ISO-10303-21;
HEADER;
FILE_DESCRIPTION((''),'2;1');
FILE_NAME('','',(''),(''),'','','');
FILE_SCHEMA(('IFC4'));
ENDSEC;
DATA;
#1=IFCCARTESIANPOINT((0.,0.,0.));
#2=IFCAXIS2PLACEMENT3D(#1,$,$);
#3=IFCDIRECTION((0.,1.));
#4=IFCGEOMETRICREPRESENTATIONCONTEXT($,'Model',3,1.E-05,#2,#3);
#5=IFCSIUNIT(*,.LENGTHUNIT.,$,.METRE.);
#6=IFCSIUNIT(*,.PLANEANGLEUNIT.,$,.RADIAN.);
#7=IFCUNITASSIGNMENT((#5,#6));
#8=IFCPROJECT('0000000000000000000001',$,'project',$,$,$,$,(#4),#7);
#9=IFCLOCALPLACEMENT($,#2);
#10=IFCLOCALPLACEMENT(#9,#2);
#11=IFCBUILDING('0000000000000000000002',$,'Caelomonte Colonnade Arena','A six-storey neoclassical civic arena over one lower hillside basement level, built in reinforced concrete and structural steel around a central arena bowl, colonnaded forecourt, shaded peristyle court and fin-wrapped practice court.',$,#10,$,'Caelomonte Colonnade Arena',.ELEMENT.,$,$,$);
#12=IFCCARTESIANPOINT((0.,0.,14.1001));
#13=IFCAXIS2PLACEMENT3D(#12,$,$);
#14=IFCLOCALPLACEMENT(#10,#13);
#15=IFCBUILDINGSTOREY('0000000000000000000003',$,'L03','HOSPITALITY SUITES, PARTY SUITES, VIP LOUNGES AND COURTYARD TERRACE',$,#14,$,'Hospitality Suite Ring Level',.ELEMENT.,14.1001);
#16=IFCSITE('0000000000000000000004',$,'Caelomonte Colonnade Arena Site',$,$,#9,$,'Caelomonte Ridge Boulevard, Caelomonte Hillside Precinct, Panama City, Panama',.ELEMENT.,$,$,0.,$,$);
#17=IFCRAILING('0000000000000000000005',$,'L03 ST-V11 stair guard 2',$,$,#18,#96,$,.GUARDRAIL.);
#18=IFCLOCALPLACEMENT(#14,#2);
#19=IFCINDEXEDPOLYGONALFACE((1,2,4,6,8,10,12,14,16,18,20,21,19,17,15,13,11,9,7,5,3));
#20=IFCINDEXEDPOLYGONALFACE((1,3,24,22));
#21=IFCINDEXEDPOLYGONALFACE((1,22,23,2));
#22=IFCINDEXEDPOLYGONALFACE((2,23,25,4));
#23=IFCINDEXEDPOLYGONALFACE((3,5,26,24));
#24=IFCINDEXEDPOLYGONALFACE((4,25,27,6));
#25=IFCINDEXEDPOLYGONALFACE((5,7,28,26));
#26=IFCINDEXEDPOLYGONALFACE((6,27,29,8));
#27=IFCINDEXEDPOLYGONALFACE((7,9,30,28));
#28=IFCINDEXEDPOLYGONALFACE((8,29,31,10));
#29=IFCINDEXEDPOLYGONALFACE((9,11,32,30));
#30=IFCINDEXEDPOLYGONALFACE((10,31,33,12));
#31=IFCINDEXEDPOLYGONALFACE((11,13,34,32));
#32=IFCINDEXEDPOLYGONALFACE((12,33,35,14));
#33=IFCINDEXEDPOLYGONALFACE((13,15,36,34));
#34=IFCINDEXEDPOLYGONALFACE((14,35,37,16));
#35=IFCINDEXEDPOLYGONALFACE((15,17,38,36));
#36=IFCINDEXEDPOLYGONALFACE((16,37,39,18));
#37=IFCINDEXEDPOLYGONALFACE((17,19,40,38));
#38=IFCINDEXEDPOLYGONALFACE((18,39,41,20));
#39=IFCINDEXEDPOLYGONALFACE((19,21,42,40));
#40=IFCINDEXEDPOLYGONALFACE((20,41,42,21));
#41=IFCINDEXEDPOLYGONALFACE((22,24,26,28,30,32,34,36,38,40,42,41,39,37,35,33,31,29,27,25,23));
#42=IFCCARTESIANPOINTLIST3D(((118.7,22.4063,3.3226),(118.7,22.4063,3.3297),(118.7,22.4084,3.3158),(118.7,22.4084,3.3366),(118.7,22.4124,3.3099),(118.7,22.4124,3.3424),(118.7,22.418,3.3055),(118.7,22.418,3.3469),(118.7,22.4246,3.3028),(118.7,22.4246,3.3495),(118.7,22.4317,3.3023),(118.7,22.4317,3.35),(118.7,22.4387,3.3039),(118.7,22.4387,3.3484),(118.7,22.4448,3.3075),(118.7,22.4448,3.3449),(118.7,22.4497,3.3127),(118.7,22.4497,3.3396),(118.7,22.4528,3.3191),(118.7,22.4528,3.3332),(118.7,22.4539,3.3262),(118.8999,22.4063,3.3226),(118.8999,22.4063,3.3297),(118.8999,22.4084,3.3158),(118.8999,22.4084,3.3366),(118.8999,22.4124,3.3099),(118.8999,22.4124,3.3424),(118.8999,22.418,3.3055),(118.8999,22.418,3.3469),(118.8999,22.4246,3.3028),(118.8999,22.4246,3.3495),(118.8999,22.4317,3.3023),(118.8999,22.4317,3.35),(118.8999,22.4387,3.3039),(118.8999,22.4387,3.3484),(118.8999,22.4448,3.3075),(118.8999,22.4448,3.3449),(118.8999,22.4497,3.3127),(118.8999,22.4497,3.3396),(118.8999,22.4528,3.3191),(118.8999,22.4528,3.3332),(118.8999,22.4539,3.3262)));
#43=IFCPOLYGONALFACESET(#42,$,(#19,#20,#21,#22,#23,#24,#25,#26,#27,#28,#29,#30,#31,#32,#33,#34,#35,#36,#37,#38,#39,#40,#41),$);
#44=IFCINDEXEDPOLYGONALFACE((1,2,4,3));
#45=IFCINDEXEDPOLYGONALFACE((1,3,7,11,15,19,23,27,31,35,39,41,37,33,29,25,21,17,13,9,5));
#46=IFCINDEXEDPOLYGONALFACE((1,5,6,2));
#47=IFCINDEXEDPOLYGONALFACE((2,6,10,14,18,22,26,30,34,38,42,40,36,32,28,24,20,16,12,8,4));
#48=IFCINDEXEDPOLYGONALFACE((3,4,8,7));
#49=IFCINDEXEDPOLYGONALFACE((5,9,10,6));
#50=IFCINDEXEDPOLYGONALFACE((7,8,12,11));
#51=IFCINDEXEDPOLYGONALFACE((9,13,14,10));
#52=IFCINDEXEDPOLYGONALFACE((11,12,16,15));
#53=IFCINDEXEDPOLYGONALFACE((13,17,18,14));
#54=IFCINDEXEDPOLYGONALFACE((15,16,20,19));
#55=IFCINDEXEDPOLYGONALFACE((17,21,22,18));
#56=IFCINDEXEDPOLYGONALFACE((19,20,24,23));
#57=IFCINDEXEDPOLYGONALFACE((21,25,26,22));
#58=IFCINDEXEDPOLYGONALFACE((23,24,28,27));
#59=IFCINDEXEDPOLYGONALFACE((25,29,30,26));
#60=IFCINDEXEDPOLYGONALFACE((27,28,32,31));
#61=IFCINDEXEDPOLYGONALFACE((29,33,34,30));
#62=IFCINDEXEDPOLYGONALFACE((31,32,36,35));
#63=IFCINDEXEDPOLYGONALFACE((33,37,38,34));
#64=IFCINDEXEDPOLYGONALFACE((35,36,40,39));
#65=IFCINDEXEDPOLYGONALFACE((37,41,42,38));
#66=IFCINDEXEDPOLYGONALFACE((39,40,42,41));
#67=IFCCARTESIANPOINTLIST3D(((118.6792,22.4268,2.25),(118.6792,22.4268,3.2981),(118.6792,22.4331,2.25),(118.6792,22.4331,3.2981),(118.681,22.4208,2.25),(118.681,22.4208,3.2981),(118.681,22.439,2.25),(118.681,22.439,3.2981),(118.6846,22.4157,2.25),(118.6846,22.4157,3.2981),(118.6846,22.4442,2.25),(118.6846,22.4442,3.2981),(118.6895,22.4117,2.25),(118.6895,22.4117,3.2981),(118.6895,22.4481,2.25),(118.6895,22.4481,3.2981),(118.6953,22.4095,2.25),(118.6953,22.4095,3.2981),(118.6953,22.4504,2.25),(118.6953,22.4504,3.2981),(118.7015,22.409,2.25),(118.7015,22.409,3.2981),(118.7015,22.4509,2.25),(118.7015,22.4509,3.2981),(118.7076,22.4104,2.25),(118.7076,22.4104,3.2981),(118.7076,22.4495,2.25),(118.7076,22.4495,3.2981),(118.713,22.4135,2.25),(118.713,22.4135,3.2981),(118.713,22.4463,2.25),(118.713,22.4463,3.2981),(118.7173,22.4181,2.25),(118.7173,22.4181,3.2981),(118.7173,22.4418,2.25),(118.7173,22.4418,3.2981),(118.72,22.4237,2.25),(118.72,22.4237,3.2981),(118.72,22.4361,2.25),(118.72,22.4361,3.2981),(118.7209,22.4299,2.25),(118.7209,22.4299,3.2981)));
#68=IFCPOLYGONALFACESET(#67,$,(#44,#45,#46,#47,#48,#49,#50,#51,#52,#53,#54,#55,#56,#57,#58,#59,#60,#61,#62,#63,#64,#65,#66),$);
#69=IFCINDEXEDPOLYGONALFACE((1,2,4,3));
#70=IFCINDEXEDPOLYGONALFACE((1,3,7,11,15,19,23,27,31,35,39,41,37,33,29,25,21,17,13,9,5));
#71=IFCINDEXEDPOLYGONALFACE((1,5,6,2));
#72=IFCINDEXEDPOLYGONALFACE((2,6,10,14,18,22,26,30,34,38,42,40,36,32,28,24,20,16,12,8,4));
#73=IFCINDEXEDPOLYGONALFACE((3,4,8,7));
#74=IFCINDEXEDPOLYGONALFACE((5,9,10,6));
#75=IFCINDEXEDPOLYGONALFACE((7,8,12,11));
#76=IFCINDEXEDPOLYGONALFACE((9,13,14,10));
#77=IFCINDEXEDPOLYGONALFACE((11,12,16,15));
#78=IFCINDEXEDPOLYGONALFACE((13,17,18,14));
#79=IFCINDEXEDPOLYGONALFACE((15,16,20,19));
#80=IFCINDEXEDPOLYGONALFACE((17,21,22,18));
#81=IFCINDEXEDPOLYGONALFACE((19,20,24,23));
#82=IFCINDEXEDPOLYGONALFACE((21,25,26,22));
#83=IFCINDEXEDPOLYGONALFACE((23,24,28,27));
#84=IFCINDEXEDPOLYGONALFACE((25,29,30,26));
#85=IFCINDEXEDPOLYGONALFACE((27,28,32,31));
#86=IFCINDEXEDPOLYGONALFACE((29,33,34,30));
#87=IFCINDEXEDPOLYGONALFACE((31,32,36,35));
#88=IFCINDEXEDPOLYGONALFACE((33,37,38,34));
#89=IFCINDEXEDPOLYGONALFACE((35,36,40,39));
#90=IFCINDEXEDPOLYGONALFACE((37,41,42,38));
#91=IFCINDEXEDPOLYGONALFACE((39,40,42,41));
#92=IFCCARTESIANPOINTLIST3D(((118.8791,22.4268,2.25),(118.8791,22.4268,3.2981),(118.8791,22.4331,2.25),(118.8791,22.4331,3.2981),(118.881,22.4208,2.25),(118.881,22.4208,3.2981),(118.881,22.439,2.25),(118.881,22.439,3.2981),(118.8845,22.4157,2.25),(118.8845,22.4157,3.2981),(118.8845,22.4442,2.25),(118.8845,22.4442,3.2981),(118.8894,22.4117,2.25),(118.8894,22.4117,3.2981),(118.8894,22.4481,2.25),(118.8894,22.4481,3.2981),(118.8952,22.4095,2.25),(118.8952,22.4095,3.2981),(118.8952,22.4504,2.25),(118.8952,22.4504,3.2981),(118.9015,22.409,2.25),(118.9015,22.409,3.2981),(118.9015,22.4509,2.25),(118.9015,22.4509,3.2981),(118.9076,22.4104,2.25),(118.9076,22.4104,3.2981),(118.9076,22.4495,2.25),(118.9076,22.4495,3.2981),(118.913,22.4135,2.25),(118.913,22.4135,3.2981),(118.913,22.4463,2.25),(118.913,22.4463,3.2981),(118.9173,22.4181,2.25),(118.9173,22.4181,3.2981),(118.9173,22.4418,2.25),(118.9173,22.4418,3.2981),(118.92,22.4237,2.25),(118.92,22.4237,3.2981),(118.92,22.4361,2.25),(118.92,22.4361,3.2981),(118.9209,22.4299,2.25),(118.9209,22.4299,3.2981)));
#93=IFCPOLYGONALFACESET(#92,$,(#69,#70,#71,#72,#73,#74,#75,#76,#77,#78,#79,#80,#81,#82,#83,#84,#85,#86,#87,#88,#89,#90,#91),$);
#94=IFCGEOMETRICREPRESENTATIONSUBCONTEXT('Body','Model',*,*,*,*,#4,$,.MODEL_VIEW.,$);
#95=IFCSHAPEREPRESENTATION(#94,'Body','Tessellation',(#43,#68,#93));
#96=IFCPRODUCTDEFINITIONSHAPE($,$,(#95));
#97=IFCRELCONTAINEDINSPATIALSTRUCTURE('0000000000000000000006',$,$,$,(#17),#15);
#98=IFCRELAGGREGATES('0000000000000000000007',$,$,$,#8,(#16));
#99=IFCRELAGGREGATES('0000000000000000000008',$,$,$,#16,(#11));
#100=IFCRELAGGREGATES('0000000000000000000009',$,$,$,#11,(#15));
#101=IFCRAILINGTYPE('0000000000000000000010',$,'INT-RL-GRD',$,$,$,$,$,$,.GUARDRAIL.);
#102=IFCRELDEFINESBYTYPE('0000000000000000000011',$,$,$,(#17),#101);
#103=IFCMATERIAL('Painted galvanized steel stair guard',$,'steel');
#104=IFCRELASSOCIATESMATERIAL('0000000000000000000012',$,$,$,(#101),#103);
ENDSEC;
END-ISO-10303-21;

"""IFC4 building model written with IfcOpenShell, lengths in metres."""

from ifc_helpers import new_model, si_unit, direction, frame, origin, origin_2d, place, context, subcontext, project, spatial, circle, extrude, material, type_object, element, save


model = new_model("IFC4")

# Units and contexts
model_context = context("Model", 3, precision=1e-05, world=origin(), true_north=direction((0.0, 1.0)))
body_context = subcontext(model_context, "Body", "Model", "MODEL_VIEW")
ifc_project = project(units=[si_unit("LENGTHUNIT", "METRE"), si_unit("PLANEANGLEUNIT", "RADIAN")], contexts=[model_context])

# Site, building, storey
site_placement = place(None, origin())
site = spatial("IfcSite", under=ifc_project, at=site_placement, Name="Caelomonte Colonnade Arena Site", LongName="Caelomonte Ridge Boulevard, Caelomonte Hillside Precinct, Panama City, Panama", CompositionType="ELEMENT", RefElevation=0.0)
building_placement = place(site_placement, origin())
building = spatial("IfcBuilding", under=site, at=building_placement, Name="Caelomonte Colonnade Arena", Description="A six-storey neoclassical civic arena over one lower hillside basement level, built in reinforced concrete and structural steel around a central arena bowl, colonnaded forecourt, shaded peristyle court and fin-wrapped practice court.", LongName="Caelomonte Colonnade Arena", CompositionType="ELEMENT")
storey_placement = place(building_placement, frame((0.0, 0.0, 14.1001)))
storey = spatial("IfcBuildingStorey", under=building, at=storey_placement, Name="L03", Description="HOSPITALITY SUITES, PARTY SUITES, VIP LOUNGES AND COURTYARD TERRACE", LongName="Hospitality Suite Ring Level", CompositionType="ELEMENT", Elevation=14.1001)

# Railing
ifc_material_1 = material(Name="Painted galvanized steel stair guard", Category="steel")
railing_type_1 = type_object("IfcRailingType", Name="INT-RL-GRD", PredefinedType="GUARDRAIL", material=ifc_material_1)
railing_1_placement = place(storey_placement, frame((118.7, 22.4299, 2.25)))
element("IfcRailing", 1, at=railing_1_placement, inside=storey, type_object=railing_type_1, Name="L03 ST-V11 stair guard 2", PredefinedType="GUARDRAIL", context=body_context, shape_type="SweptSolid", body=[
    extrude(circle(Radius=0.0239, at=origin_2d()), frame((0.0, 0.0, 1.0762), z_axis=(1.0, 0.0, 0.0), x_axis=(0.0, 1.0, 0.0)), (0.0, 0.0, 1.0), 0.2),
    extrude(circle(Radius=0.021, at=origin_2d()), origin(), (0.0, 0.0, 1.0), 1.0481),
    extrude(circle(Radius=0.021, at=origin_2d()), frame((0.2, 0.0, 0.0)), (0.0, 0.0, 1.0), 1.0481),
])

save(model, "model.ifc")
